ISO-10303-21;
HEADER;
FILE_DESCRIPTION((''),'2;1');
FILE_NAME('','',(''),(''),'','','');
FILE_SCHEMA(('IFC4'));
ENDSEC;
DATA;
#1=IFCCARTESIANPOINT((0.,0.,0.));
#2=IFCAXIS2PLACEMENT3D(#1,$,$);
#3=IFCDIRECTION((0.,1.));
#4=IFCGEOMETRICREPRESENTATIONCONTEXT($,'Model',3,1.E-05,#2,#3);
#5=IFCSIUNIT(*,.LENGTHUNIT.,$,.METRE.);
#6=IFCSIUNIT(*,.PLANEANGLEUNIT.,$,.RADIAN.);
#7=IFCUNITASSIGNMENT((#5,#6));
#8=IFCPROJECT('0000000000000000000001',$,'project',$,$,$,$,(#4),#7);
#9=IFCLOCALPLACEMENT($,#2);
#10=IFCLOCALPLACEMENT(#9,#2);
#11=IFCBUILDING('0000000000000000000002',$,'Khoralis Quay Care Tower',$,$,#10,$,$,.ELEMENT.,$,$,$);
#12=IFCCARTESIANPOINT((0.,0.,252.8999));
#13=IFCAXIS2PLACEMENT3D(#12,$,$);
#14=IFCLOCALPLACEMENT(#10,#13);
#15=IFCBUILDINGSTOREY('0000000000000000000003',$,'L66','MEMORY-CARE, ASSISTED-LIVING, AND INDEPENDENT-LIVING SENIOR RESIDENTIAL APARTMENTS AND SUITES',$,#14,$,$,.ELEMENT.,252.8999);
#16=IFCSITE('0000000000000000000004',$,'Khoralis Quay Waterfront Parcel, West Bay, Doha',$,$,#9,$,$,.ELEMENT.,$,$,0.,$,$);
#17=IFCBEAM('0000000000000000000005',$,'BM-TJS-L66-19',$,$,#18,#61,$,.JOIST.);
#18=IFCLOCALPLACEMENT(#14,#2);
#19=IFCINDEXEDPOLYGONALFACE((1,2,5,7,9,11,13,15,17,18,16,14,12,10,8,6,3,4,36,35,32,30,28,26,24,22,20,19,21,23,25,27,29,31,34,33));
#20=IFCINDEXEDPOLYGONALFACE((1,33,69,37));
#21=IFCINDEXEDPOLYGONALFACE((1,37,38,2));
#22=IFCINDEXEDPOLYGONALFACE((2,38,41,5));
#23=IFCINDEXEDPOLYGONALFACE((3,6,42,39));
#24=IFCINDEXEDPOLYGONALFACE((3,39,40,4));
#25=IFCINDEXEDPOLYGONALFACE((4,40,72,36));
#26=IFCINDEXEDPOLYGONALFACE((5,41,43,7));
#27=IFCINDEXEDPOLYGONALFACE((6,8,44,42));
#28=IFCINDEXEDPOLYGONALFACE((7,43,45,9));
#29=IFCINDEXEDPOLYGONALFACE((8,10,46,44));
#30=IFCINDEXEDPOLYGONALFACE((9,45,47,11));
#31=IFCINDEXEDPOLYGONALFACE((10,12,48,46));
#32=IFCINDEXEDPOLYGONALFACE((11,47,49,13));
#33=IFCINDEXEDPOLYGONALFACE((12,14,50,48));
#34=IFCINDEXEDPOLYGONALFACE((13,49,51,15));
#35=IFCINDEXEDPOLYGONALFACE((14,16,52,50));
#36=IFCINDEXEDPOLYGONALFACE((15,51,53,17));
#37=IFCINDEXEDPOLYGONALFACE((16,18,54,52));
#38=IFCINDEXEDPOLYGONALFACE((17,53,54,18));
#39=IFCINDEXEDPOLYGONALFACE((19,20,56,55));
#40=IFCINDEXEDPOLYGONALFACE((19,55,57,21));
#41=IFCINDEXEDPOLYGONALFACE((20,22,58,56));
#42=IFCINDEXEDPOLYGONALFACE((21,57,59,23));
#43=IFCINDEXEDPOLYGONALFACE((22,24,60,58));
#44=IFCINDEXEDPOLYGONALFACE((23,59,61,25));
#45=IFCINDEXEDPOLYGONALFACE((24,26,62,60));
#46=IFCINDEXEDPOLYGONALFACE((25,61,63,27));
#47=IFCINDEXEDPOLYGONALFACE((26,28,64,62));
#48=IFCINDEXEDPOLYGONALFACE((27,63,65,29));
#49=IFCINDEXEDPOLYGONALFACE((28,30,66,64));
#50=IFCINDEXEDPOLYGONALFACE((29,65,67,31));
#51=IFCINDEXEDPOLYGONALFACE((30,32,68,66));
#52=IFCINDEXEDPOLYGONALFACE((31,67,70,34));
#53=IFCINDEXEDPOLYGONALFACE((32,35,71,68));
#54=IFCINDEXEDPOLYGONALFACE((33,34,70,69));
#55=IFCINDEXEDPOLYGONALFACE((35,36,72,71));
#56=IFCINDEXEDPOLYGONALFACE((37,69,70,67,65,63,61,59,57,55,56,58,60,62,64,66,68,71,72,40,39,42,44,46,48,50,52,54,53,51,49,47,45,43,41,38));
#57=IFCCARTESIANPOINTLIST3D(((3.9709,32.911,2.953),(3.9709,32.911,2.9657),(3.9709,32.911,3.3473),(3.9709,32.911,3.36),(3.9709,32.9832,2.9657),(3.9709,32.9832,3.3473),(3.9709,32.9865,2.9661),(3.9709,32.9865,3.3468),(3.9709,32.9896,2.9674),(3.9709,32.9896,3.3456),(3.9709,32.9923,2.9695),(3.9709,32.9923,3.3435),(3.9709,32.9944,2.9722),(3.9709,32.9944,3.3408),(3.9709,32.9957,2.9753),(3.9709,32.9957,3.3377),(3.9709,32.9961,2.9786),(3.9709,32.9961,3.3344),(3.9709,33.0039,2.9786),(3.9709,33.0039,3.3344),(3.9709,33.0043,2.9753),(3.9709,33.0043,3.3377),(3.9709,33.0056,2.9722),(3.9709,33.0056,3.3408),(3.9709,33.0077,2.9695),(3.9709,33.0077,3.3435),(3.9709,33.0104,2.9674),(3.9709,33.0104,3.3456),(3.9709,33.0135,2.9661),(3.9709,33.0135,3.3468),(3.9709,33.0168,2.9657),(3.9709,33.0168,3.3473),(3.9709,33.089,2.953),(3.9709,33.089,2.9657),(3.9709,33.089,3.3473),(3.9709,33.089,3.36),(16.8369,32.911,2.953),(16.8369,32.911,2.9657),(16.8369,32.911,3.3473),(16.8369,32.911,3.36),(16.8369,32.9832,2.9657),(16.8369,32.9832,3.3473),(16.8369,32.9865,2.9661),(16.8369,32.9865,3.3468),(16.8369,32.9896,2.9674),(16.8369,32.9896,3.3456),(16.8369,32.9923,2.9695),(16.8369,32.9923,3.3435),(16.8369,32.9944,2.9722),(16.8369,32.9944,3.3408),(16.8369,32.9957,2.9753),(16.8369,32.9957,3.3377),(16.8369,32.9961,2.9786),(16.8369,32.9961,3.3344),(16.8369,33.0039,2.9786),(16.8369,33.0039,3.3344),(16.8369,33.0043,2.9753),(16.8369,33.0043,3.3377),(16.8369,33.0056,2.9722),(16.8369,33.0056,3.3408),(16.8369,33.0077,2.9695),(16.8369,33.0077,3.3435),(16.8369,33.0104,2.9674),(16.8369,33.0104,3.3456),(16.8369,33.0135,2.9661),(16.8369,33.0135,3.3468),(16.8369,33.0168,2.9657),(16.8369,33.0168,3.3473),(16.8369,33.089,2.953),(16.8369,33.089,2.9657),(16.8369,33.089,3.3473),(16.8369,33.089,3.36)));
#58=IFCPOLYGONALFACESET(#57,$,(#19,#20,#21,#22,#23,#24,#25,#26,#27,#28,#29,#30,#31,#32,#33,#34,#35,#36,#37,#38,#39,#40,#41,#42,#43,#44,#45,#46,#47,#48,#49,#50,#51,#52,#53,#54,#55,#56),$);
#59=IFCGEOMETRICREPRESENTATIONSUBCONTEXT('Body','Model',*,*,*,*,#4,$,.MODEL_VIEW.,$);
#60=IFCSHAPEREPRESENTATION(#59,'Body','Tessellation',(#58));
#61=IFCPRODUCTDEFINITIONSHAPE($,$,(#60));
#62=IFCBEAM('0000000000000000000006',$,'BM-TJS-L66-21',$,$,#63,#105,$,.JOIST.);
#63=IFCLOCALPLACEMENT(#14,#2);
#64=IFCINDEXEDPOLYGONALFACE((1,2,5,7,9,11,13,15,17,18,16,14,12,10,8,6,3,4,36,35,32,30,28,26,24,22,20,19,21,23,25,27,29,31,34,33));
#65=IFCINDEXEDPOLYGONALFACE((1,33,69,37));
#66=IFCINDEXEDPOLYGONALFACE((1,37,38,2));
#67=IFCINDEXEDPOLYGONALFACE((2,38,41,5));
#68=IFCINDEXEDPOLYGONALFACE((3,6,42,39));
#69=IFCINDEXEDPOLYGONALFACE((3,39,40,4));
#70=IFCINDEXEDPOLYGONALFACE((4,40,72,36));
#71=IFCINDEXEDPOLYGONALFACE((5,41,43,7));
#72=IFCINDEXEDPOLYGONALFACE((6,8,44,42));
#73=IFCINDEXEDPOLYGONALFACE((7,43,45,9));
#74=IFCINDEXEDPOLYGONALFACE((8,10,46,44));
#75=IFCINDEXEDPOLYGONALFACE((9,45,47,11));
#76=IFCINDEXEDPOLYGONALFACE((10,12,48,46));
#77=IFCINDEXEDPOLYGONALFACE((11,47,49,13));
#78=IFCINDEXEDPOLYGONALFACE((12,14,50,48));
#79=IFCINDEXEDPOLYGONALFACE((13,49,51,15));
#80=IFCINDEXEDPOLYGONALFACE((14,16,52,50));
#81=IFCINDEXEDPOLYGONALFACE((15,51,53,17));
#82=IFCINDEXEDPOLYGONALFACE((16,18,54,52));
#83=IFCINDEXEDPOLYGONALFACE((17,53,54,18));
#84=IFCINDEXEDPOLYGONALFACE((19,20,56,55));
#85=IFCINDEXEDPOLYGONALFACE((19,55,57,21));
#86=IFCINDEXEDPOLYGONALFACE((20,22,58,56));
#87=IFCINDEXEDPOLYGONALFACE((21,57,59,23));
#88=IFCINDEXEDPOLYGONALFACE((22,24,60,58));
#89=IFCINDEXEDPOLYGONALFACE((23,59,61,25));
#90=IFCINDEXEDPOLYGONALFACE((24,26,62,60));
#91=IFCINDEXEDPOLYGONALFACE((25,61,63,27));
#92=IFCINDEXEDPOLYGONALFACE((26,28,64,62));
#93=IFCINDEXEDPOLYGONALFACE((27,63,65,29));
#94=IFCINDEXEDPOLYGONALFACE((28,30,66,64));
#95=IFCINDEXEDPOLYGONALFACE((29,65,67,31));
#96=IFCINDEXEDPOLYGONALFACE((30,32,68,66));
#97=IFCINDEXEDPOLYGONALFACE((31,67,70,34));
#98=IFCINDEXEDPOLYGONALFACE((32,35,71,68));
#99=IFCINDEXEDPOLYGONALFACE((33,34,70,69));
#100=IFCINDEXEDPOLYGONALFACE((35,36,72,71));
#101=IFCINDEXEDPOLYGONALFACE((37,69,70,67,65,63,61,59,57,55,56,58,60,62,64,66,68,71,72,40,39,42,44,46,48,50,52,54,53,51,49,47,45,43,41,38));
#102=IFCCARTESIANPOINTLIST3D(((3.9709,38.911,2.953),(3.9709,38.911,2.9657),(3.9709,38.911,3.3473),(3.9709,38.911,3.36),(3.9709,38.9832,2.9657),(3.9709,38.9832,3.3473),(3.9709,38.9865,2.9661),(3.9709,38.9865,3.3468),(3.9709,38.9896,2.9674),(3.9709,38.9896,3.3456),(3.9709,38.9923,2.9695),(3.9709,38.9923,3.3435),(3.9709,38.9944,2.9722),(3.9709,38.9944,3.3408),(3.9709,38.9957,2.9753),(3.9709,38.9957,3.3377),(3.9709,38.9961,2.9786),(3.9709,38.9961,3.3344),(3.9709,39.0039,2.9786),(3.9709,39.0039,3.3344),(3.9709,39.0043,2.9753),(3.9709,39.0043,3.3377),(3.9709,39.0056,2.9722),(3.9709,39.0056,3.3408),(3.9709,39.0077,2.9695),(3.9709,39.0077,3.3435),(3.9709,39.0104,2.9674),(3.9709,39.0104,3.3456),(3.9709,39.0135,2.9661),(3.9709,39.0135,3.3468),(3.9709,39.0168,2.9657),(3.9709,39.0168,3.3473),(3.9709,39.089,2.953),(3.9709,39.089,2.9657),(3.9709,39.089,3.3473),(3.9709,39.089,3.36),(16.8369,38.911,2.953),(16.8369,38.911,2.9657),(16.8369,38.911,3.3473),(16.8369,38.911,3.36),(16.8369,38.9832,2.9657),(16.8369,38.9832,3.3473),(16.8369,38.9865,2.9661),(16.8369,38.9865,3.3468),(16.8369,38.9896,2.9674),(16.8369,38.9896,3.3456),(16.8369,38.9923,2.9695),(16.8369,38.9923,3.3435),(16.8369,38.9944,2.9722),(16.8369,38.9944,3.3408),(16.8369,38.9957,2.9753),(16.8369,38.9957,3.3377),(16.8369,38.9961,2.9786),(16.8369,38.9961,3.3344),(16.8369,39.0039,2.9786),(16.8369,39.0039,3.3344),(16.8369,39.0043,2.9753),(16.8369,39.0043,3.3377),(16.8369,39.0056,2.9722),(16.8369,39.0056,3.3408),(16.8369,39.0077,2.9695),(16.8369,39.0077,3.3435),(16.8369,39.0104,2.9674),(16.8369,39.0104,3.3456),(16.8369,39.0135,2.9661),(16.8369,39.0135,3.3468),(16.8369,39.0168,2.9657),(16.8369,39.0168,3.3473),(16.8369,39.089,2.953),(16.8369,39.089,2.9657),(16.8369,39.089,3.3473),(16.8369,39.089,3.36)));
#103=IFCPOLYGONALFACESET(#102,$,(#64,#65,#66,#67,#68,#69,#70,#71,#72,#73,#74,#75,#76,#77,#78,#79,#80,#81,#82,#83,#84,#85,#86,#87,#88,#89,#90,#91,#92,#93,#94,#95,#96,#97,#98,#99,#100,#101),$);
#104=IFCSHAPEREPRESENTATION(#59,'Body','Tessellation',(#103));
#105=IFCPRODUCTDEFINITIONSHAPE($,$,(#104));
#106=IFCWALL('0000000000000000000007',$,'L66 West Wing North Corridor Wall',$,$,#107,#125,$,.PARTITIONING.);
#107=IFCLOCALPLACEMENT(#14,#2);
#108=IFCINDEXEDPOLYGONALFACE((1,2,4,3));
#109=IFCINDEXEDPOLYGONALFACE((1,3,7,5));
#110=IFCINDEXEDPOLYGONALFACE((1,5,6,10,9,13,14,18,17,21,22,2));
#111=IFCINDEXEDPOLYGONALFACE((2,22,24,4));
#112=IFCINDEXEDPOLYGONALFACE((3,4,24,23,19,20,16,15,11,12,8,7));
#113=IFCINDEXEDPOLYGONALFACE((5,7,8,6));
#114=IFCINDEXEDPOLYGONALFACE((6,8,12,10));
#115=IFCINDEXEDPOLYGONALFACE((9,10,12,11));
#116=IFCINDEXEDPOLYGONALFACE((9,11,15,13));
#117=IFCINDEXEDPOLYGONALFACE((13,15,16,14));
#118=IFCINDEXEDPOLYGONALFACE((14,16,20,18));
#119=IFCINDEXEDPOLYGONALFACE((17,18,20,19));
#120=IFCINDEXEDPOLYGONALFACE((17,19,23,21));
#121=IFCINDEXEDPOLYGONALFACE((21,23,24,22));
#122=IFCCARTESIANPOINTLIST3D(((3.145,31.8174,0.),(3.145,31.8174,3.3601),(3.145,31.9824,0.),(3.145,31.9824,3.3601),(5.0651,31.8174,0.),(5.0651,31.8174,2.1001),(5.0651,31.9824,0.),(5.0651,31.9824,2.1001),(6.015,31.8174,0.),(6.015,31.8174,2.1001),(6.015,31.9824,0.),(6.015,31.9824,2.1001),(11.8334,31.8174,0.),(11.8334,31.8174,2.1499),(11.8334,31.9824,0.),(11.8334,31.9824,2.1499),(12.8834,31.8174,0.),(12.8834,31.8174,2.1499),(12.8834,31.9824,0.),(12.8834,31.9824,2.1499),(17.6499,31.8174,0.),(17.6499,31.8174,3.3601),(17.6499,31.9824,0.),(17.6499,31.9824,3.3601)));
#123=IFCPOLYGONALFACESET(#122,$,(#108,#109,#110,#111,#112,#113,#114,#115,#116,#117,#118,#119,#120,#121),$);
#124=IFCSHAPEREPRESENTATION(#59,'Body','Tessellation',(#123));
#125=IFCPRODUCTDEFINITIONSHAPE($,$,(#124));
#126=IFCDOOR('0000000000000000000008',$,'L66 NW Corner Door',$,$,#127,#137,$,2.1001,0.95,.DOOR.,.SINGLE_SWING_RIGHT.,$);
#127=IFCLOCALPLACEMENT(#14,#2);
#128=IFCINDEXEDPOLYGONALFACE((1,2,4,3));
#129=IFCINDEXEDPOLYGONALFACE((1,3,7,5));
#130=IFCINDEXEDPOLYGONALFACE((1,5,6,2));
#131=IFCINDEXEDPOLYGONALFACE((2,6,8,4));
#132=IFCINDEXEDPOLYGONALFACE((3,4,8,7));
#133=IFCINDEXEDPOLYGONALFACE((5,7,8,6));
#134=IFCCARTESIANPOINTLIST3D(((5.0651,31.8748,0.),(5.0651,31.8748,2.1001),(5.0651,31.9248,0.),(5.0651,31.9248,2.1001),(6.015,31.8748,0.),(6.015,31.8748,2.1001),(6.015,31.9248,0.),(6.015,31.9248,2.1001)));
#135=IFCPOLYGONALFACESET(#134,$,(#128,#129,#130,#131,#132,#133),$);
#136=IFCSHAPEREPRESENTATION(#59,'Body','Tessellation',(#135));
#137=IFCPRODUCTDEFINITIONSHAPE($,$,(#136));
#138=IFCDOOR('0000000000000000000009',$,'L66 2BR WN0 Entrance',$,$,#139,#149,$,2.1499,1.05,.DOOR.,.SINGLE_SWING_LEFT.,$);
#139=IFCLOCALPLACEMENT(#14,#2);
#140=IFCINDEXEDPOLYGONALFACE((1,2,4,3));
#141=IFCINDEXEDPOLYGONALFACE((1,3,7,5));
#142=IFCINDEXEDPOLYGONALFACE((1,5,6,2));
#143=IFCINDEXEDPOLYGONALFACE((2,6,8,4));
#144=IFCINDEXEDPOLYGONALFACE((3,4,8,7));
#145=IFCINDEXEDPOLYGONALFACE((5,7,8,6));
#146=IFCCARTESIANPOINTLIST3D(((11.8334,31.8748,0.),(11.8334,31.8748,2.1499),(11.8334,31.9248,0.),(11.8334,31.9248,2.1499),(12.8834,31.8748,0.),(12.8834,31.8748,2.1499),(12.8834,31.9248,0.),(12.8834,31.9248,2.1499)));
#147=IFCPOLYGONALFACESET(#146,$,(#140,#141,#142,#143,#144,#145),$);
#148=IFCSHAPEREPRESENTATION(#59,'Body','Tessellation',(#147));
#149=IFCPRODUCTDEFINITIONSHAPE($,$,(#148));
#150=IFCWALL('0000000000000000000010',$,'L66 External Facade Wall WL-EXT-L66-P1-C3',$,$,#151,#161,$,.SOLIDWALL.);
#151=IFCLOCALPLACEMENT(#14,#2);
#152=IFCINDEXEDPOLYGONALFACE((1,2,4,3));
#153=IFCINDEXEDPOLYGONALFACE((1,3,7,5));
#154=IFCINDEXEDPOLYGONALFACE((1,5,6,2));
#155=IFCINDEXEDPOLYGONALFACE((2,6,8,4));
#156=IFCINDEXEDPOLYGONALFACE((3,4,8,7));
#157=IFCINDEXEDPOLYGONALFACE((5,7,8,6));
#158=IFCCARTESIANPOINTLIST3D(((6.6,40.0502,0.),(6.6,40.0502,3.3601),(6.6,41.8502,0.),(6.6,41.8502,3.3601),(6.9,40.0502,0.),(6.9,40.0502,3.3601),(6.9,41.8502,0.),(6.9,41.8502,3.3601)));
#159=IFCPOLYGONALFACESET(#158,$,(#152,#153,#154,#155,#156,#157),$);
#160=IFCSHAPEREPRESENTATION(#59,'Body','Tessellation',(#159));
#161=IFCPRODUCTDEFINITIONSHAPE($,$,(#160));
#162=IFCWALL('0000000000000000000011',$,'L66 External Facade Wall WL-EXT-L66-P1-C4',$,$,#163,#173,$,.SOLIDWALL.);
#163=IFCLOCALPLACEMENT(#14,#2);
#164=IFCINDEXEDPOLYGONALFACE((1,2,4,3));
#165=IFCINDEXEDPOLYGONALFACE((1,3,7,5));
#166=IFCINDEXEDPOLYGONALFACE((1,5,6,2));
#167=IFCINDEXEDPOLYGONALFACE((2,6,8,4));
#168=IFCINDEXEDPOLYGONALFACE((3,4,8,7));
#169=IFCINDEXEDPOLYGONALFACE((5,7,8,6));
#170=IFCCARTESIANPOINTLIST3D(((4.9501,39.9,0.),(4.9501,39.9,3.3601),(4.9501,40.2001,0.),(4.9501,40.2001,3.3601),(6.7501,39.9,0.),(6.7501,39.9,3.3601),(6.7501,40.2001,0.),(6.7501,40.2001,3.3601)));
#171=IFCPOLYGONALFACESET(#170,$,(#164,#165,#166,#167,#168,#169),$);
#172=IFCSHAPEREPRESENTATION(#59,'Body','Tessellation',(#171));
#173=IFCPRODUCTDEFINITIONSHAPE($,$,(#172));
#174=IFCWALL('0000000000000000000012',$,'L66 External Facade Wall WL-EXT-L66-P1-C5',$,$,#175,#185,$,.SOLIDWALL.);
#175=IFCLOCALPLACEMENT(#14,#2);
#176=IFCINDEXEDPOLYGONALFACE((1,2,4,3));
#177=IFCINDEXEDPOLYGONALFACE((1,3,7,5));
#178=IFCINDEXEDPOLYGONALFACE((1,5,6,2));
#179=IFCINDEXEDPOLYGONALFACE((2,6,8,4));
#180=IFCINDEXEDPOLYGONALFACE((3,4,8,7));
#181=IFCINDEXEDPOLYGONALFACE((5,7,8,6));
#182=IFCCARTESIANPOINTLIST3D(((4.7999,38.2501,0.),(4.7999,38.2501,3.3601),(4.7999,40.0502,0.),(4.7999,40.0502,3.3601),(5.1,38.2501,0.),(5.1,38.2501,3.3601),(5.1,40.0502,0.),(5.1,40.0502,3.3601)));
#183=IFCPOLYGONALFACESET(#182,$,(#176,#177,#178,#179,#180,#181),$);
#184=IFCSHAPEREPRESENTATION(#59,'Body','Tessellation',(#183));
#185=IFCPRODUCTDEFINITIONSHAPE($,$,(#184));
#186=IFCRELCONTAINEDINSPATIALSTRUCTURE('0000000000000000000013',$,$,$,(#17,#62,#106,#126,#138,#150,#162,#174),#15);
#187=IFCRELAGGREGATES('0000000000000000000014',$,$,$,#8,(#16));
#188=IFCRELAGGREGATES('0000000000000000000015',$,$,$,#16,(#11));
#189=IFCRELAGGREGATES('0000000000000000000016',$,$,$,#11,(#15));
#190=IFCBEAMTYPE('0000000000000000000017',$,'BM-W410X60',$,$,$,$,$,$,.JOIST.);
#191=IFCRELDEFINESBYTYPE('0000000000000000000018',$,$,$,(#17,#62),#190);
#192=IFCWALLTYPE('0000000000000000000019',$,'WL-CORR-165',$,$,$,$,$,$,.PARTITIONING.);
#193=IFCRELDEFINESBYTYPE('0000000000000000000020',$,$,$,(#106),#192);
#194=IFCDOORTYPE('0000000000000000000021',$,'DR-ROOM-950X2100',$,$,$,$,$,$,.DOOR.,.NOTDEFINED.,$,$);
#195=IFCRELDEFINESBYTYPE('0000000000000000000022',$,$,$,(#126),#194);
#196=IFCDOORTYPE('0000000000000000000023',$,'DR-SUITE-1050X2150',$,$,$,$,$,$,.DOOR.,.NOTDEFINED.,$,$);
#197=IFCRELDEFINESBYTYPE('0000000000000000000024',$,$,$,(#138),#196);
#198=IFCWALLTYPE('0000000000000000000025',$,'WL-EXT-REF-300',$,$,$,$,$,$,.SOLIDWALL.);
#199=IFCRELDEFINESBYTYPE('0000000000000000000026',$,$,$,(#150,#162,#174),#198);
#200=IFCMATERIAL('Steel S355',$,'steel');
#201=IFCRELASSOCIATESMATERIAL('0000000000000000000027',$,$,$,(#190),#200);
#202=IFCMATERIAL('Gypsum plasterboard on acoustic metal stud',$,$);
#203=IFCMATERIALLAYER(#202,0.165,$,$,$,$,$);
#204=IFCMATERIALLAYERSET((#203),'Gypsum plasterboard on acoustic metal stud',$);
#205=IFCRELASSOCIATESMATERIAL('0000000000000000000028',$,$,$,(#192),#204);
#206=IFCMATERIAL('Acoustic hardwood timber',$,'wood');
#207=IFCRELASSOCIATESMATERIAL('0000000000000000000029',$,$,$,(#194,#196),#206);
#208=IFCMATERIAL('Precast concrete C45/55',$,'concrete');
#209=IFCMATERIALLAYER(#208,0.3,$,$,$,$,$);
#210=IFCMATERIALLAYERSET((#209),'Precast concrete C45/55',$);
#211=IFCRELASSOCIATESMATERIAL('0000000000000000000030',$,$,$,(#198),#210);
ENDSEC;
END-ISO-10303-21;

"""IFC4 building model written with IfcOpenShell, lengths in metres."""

from ifc_helpers import new_model, si_unit, direction, frame, frame_2d, origin, origin_2d, place, context, subcontext, project, spatial, rectangle, i_section, extrude, source, transform, mapped, material, layer, layer_set, material_profile, profile_set, type_object, element, fill, save


model = new_model("IFC4")

# Units and contexts
model_context = context("Model", 3, precision=1e-05, world=origin(), true_north=direction((0.0, 1.0)))
body_context = subcontext(model_context, "Body", "Model", "MODEL_VIEW")
ifc_project = project(units=[si_unit("LENGTHUNIT", "METRE"), si_unit("PLANEANGLEUNIT", "RADIAN")], contexts=[model_context])

# Site, building, storey
site_placement = place(None, origin())
site = spatial("IfcSite", under=ifc_project, at=site_placement, Name="Khoralis Quay Waterfront Parcel, West Bay, Doha", CompositionType="ELEMENT", RefElevation=0.0)
building_placement = place(site_placement, origin())
building = spatial("IfcBuilding", under=site, at=building_placement, Name="Khoralis Quay Care Tower", CompositionType="ELEMENT")
storey_placement = place(building_placement, frame((0.0, 0.0, 252.8999)))
storey = spatial("IfcBuildingStorey", under=building, at=storey_placement, Name="L66", Description="MEMORY-CARE, ASSISTED-LIVING, AND INDEPENDENT-LIVING SENIOR RESIDENTIAL APARTMENTS AND SUITES", CompositionType="ELEMENT", Elevation=252.8999)

# Beams
ifc_material_1 = material(Name="Steel S355", Category="steel")
ifc_material_profile_1 = material_profile(ifc_material_1, i_section(OverallWidth=0.178, OverallDepth=0.407, WebThickness=0.0078, FlangeThickness=0.0127, FilletRadius=0.0129, at=origin_2d()), Name="Steel S355")
ifc_profile_set_1 = profile_set([ifc_material_profile_1], Name="Steel S355")
beam_type_1 = type_object("IfcBeamType", Name="BM-W410X60", PredefinedType="JOIST", material=ifc_profile_set_1)
shared_shape_1 = source(origin(), body_context, "Body", "SweptSolid", [
    extrude(i_section(OverallWidth=0.178, OverallDepth=0.407, WebThickness=0.0078, FlangeThickness=0.0127, FilletRadius=0.0129, at=origin_2d()), origin(), (0.0, 0.0, 1.0), 12.866),
])
for number, where, z_axis, x_axis, name in (
    (1, (3.9709, 33.0, 3.1565), (1.0, 0.0, 0.0), (0.0, 1.0, 0.0), "BM-TJS-L66-19"),
    (2, (3.9709, 39.0, 3.1565), (1.0, 0.0, 0.0), (0.0, 1.0, 0.0), "BM-TJS-L66-21"),
):
    element("IfcBeam", number, at=place(storey_placement, frame(where, z_axis=z_axis, x_axis=x_axis)), inside=storey, type_object=beam_type_1, Name=name, PredefinedType="JOIST", context=body_context, shape_type="MappedRepresentation", body=[
        mapped(shared_shape_1, transform((0.0, 0.0, 0.0), scale=1.0)),
    ])

# Wall, openings, doors
ifc_material_2 = material(Name="Gypsum plasterboard on acoustic metal stud")
ifc_layer_1 = layer(ifc_material_2, 0.165)
ifc_layer_set_1 = layer_set([ifc_layer_1], Name="Gypsum plasterboard on acoustic metal stud")
wall_type_1 = type_object("IfcWallType", Name="WL-CORR-165", PredefinedType="PARTITIONING", material=ifc_layer_set_1)
wall_1_placement = place(storey_placement, frame((3.145, 31.8999, 0.0), z_axis=(0.0, 0.0, 1.0), x_axis=(1.0, 0.0, 0.0)))
wall_1 = element("IfcWall", 3, at=wall_1_placement, inside=storey, type_object=wall_type_1, Name="L66 West Wing North Corridor Wall", PredefinedType="PARTITIONING", context=body_context, shape_type="SweptSolid", body=[
    extrude(rectangle(XDim=14.5049, YDim=0.165, at=frame_2d((7.2524, 0.0))), origin(), (0.0, 0.0, 1.0), 3.3601),
])
opening_1_placement = place(wall_1_placement, frame((8.6885, 0.0, 0.0)))
opening_1 = element("IfcOpeningElement", 4, at=opening_1_placement, cuts=wall_1, PredefinedType="OPENING", context=body_context, shape_type="SweptSolid", body=[
    extrude(rectangle(XDim=1.05, YDim=2.1499, at=frame_2d((0.5249, 1.075))), frame((0.0, 0.0925, 0.0), z_axis=(0.0, -1.0, 0.0), x_axis=(1.0, 0.0, 0.0)), (0.0, 0.0, 1.0), 0.1851),
])
opening_2_placement = place(wall_1_placement, frame((1.9199, 0.0, 0.0)))
opening_2 = element("IfcOpeningElement", 5, at=opening_2_placement, cuts=wall_1, PredefinedType="OPENING", context=body_context, shape_type="SweptSolid", body=[
    extrude(rectangle(XDim=0.95, YDim=2.1001, at=frame_2d((0.4751, 1.05))), frame((0.0, 0.0925, 0.0), z_axis=(0.0, -1.0, 0.0), x_axis=(1.0, 0.0, 0.0)), (0.0, 0.0, 1.0), 0.1851),
])
ifc_material_3 = material(Name="Acoustic hardwood timber", Category="wood")
door_type_1 = type_object("IfcDoorType", Name="DR-ROOM-950X2100", OperationType="NOTDEFINED", PredefinedType="DOOR", material=ifc_material_3)
shared_shape_2 = source(origin(), body_context, "Body", "SweptSolid", [
    extrude(rectangle(XDim=0.95, YDim=2.1001, at=frame_2d((0.4751, 1.05))), frame((0.0, 0.0249, 0.0), z_axis=(0.0, -1.0, 0.0), x_axis=(1.0, 0.0, 0.0)), (0.0, 0.0, 1.0), 0.05),
])
door_1_placement = place(opening_2_placement, origin())
door_1 = element("IfcDoor", 6, at=door_1_placement, inside=storey, type_object=door_type_1, Name="L66 NW Corner Door", OperationType="SINGLE_SWING_RIGHT", OverallHeight=2.1001, OverallWidth=0.95, PredefinedType="DOOR", context=body_context, shape_type="MappedRepresentation", body=[
    mapped(shared_shape_2, transform((0.0, 0.0, 0.0), scale=1.0)),
])
fill(opening_2, door_1)
door_type_2 = type_object("IfcDoorType", Name="DR-SUITE-1050X2150", OperationType="NOTDEFINED", PredefinedType="DOOR", material=ifc_material_3)
shared_shape_3 = source(origin(), body_context, "Body", "SweptSolid", [
    extrude(rectangle(XDim=1.05, YDim=2.1499, at=frame_2d((0.5249, 1.075))), frame((0.0, 0.0249, 0.0), z_axis=(0.0, -1.0, 0.0), x_axis=(1.0, 0.0, 0.0)), (0.0, 0.0, 1.0), 0.05),
])
door_2_placement = place(opening_1_placement, origin())
door_2 = element("IfcDoor", 7, at=door_2_placement, inside=storey, type_object=door_type_2, Name="L66 2BR WN0 Entrance", OperationType="SINGLE_SWING_LEFT", OverallHeight=2.1499, OverallWidth=1.05, PredefinedType="DOOR", context=body_context, shape_type="MappedRepresentation", body=[
    mapped(shared_shape_3, transform((0.0, 0.0, 0.0), scale=1.0)),
])
fill(opening_1, door_2)

# Walls
ifc_material_4 = material(Name="Precast concrete C45/55", Category="concrete")
ifc_layer_2 = layer(ifc_material_4, 0.3)
ifc_layer_set_2 = layer_set([ifc_layer_2], Name="Precast concrete C45/55")
wall_type_2 = type_object("IfcWallType", Name="WL-EXT-REF-300", PredefinedType="SOLIDWALL", material=ifc_layer_set_2)
for number, where, z_axis, x_axis, name in (
    (8, (6.75, 41.8501, 0.0), (0.0, 0.0, 1.0), (0.0, -1.0, 0.0), "L66 External Facade Wall WL-EXT-L66-P1-C3"),
    (9, (6.75, 40.05, 0.0), (0.0, 0.0, 1.0), (-1.0, 0.0, 0.0), "L66 External Facade Wall WL-EXT-L66-P1-C4"),
    (10, (4.95, 40.05, 0.0), (0.0, 0.0, 1.0), (0.0, -1.0, 0.0), "L66 External Facade Wall WL-EXT-L66-P1-C5"),
):
    element("IfcWall", number, at=place(storey_placement, frame(where, z_axis=z_axis, x_axis=x_axis)), inside=storey, type_object=wall_type_2, Name=name, PredefinedType="SOLIDWALL", context=body_context, shape_type="SweptSolid", body=[
        extrude(rectangle(XDim=1.8, YDim=0.3, at=frame_2d((0.8999, 0.0))), origin(), (0.0, 0.0, 1.0), 3.3601),
    ])

save(model, "model.ifc")
